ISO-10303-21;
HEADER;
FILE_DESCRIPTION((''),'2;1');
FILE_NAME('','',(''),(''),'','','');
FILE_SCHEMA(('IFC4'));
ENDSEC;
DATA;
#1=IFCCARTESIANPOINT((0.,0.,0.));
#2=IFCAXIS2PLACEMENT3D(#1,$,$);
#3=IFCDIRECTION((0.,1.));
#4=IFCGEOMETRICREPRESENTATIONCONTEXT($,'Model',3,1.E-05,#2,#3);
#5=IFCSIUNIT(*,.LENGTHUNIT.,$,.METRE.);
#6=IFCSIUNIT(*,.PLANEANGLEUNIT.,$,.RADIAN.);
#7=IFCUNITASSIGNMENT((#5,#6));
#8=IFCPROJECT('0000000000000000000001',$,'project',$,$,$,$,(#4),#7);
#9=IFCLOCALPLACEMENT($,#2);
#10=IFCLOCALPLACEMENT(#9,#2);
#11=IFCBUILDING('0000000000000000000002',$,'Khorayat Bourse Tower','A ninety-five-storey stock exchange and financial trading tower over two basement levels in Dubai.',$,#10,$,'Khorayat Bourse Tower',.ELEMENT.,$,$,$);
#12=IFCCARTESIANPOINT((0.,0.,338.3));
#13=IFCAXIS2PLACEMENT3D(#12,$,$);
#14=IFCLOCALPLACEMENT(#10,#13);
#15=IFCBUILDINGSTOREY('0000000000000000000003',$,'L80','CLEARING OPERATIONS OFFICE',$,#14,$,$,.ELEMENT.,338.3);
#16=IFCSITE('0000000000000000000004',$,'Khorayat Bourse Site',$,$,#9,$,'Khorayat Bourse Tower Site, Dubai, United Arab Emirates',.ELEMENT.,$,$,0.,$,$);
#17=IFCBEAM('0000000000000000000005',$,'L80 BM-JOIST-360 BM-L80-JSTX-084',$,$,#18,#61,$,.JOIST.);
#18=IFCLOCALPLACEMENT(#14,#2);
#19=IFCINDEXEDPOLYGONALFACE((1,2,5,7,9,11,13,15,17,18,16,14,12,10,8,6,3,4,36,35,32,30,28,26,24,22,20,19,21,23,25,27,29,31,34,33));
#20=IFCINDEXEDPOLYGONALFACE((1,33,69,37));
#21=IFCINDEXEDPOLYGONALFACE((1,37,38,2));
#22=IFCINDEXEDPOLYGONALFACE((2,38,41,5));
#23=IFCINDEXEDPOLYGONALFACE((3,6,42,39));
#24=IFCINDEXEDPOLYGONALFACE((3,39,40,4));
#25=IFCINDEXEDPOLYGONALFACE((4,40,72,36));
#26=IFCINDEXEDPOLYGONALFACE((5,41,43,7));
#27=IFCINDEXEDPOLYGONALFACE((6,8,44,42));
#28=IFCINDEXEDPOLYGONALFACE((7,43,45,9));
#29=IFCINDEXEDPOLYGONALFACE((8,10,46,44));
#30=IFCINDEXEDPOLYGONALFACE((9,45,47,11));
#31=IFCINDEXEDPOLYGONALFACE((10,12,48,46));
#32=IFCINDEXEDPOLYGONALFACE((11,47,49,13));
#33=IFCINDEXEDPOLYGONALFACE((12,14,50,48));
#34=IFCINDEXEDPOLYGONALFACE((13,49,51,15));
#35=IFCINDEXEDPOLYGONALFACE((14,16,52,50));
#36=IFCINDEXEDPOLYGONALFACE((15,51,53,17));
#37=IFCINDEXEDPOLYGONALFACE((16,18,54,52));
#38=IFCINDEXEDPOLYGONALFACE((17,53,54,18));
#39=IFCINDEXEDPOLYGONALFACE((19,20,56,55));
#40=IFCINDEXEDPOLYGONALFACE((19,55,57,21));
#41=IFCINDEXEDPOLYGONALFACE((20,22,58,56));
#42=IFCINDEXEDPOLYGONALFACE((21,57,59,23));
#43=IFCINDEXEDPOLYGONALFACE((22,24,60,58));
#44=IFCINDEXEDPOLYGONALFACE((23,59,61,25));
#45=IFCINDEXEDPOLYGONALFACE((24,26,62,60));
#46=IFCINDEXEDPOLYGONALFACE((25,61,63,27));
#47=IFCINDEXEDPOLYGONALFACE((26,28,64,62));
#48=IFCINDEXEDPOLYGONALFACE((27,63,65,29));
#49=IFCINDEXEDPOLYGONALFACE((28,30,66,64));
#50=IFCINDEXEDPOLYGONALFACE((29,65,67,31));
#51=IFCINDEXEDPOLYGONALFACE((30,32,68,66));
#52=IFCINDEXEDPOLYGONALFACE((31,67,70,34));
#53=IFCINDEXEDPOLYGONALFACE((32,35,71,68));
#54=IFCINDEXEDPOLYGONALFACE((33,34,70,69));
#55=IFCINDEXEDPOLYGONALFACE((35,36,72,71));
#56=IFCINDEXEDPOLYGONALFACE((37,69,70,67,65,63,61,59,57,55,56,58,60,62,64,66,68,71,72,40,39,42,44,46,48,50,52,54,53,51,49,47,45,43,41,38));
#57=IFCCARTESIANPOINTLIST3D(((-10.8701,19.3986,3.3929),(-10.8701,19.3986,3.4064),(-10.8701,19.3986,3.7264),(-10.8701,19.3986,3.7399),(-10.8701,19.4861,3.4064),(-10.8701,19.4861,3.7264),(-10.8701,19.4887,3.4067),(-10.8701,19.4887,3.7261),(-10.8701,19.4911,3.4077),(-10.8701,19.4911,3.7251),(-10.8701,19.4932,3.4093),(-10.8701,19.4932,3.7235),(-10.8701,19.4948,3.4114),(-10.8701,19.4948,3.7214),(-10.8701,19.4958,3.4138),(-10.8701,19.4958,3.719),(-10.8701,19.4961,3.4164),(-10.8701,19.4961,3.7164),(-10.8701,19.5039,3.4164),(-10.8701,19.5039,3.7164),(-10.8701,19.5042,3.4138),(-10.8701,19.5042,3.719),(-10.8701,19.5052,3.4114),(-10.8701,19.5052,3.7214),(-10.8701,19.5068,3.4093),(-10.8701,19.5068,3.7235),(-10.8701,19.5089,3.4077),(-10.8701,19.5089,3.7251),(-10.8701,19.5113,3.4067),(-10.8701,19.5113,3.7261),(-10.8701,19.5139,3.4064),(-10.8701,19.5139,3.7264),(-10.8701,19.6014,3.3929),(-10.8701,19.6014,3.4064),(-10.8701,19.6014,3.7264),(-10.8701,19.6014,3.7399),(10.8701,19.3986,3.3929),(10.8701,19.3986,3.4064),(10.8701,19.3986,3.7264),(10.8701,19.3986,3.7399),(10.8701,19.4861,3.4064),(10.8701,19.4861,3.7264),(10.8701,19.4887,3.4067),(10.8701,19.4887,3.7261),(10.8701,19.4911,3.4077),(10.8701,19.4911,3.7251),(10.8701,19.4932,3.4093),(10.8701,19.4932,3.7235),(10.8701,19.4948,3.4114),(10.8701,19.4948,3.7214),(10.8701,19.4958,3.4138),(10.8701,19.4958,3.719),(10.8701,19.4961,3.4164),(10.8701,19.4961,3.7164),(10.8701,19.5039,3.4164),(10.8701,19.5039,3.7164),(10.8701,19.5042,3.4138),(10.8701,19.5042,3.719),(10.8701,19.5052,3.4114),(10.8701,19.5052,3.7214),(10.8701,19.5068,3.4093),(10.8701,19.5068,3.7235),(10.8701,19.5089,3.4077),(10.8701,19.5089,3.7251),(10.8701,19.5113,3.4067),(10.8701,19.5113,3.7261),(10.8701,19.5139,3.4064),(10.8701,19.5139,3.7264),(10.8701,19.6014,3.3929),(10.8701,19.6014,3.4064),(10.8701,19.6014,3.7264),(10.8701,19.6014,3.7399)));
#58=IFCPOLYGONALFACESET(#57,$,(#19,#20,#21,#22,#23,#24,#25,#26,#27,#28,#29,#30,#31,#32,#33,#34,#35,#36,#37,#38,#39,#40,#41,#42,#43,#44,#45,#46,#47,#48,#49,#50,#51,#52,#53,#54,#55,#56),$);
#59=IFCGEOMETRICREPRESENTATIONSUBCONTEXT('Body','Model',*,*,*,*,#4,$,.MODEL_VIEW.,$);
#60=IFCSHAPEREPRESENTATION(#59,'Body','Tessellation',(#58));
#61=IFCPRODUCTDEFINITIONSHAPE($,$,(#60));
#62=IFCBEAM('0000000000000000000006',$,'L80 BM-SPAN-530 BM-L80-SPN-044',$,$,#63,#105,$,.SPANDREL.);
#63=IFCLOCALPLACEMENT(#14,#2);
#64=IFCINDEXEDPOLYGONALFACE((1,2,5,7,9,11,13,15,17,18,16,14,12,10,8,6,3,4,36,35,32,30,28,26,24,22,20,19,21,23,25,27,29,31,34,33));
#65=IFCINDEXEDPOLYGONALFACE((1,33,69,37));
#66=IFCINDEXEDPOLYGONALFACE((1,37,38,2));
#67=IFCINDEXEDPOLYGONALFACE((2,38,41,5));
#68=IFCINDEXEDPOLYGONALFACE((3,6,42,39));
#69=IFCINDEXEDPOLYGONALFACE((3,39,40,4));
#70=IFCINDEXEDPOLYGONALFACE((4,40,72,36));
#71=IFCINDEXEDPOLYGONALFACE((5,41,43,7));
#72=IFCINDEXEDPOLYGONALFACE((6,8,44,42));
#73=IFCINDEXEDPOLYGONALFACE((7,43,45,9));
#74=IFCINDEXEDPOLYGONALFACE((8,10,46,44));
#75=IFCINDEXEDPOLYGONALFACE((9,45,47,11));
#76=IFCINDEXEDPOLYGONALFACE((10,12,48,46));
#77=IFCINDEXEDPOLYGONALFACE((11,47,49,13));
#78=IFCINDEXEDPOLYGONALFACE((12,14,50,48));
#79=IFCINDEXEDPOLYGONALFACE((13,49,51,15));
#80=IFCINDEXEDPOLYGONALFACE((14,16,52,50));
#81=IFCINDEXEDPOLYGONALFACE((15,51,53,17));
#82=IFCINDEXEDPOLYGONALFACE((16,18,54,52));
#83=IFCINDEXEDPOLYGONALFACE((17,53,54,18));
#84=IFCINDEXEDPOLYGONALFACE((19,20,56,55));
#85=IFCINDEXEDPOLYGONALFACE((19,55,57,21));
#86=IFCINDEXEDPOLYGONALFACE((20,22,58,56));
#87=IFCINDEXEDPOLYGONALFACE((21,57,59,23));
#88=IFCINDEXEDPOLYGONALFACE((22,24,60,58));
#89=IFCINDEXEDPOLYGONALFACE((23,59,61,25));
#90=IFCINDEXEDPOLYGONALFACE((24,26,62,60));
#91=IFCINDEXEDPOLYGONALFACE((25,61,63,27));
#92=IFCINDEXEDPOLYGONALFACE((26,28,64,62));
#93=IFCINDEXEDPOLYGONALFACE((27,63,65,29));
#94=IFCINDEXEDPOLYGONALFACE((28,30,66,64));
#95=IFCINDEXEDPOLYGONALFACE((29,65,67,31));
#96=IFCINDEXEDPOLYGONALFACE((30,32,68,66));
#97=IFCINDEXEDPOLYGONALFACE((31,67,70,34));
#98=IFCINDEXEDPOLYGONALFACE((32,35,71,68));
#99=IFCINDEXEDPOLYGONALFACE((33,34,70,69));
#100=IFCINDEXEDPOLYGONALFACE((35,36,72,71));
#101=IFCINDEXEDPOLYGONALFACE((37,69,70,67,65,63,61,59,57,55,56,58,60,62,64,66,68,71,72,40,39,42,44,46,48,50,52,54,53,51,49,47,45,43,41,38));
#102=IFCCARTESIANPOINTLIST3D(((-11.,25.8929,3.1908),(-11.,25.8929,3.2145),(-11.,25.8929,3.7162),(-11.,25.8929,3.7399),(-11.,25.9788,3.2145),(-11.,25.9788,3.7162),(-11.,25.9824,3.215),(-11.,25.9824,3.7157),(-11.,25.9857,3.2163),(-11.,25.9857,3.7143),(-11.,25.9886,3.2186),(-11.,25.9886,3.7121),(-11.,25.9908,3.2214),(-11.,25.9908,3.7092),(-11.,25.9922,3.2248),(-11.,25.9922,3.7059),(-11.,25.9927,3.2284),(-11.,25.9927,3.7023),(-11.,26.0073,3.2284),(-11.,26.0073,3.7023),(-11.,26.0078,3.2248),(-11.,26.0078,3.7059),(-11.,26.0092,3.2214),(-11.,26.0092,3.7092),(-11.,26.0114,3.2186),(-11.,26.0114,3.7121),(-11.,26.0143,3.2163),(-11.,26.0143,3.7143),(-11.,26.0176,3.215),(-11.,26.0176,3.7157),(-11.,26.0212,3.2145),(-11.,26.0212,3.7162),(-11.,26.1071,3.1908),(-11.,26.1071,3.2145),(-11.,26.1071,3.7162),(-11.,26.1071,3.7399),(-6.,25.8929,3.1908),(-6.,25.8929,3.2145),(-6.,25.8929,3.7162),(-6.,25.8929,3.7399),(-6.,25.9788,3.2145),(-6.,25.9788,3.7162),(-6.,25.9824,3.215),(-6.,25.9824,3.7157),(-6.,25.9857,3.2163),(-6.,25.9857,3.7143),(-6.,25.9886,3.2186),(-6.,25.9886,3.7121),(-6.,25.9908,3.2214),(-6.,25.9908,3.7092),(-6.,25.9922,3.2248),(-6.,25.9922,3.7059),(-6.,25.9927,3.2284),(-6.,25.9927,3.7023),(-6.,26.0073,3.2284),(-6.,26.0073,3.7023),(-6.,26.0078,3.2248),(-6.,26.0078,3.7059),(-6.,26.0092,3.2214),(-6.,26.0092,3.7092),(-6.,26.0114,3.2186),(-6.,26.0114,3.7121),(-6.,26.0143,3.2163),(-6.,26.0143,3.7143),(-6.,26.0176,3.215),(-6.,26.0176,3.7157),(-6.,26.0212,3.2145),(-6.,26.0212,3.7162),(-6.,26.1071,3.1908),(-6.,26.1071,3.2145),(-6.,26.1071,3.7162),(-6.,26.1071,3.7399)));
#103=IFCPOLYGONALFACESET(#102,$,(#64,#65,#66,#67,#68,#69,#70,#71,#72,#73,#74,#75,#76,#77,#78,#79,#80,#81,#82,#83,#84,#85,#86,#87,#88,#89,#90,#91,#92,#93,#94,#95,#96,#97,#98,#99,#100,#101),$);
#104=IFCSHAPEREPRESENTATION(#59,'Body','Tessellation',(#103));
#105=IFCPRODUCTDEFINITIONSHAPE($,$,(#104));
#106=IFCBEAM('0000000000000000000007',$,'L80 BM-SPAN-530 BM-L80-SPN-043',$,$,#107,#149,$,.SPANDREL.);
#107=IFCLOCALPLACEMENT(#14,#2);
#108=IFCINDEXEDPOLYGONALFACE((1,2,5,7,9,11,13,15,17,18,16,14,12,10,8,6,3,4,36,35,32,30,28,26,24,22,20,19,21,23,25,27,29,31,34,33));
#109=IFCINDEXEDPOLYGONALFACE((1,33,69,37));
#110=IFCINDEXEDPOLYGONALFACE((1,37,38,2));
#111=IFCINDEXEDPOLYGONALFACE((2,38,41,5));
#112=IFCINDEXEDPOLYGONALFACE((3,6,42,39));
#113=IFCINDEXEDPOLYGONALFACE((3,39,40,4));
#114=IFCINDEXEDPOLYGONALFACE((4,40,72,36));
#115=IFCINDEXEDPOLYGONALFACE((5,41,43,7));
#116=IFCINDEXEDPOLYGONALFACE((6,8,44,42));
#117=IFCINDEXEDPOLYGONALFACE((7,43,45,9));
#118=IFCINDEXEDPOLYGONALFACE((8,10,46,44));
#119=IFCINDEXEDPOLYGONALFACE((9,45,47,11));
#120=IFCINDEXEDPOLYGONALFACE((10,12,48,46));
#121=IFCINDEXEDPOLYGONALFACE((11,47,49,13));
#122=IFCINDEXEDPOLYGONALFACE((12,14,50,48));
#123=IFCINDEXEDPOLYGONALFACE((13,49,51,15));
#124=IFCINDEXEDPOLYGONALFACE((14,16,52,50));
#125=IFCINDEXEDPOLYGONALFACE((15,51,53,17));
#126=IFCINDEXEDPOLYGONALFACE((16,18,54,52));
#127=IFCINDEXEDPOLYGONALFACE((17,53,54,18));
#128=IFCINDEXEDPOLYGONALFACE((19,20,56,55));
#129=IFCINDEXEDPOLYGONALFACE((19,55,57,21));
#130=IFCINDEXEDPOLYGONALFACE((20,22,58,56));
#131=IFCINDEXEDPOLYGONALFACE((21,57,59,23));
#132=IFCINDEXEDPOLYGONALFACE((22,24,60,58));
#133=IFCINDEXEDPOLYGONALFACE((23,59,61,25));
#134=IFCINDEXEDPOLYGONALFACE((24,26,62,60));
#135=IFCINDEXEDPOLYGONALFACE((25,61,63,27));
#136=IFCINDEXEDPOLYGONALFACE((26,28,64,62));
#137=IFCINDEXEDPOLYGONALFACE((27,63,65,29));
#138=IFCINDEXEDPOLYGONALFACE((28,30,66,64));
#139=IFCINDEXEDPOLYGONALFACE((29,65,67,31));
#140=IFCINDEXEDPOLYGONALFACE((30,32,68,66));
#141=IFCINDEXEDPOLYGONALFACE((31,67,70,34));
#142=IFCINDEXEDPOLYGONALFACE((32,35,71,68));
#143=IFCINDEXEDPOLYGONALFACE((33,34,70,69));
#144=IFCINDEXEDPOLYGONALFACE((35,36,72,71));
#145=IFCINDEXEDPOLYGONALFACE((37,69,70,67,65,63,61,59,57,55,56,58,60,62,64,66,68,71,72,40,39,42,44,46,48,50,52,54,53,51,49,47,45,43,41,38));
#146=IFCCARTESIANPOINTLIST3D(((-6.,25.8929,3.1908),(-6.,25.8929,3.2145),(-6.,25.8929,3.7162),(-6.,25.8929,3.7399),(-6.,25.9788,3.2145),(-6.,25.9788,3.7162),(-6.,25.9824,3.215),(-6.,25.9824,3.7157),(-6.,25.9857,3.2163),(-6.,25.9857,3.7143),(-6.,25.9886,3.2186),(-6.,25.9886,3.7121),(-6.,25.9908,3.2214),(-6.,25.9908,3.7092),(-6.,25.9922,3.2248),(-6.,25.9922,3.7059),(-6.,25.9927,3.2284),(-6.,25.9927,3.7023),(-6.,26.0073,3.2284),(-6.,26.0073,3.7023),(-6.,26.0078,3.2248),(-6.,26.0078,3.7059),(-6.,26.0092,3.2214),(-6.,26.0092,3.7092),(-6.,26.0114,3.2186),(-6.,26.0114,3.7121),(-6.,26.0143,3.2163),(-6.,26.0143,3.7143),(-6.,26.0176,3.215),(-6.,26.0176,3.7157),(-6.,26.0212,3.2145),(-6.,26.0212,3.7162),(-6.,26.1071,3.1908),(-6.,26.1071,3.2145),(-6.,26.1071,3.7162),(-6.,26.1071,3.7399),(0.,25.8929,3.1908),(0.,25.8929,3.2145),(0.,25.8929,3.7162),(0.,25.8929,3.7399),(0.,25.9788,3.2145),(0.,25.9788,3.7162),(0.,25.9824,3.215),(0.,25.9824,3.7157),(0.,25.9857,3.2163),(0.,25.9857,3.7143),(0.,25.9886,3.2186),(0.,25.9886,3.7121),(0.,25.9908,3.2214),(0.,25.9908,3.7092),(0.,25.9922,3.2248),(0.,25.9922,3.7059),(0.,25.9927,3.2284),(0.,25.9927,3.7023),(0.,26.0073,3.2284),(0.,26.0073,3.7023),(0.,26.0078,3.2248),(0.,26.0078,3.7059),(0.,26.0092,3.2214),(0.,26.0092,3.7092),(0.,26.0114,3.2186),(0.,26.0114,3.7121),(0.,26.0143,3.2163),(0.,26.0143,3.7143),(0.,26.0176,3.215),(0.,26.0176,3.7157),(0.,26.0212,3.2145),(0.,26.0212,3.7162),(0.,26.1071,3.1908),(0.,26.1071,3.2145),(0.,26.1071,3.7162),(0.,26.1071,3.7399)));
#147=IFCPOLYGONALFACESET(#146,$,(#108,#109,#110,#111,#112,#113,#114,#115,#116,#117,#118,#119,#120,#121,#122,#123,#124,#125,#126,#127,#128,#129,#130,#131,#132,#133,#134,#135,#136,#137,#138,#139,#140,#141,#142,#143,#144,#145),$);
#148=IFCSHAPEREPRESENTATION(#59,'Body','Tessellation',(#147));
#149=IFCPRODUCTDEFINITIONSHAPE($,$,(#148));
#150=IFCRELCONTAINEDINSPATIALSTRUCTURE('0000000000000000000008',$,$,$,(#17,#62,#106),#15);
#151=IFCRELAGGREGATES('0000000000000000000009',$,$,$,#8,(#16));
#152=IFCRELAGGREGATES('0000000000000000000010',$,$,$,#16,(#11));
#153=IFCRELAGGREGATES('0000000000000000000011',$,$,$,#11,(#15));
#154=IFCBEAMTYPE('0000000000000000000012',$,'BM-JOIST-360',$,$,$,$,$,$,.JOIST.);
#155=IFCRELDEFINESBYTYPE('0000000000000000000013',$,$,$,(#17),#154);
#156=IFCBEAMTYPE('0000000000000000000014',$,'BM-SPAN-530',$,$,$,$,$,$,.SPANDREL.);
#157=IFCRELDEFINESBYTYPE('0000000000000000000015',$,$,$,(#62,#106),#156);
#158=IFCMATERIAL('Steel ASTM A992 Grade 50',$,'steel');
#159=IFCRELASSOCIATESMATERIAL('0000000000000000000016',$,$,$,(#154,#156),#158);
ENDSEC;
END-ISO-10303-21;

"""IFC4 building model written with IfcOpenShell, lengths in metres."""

from ifc_helpers import new_model, si_unit, direction, frame, origin, origin_2d, place, context, subcontext, project, spatial, i_section, extrude, source, transform, mapped, material, material_profile, profile_set, type_object, element, save


model = new_model("IFC4")

# Units and contexts
model_context = context("Model", 3, precision=1e-05, world=origin(), true_north=direction((0.0, 1.0)))
body_context = subcontext(model_context, "Body", "Model", "MODEL_VIEW")
ifc_project = project(units=[si_unit("LENGTHUNIT", "METRE"), si_unit("PLANEANGLEUNIT", "RADIAN")], contexts=[model_context])

# Site, building, storey
site_placement = place(None, origin())
site = spatial("IfcSite", under=ifc_project, at=site_placement, Name="Khorayat Bourse Site", LongName="Khorayat Bourse Tower Site, Dubai, United Arab Emirates", CompositionType="ELEMENT", RefElevation=0.0)
building_placement = place(site_placement, origin())
building = spatial("IfcBuilding", under=site, at=building_placement, Name="Khorayat Bourse Tower", Description="A ninety-five-storey stock exchange and financial trading tower over two basement levels in Dubai.", LongName="Khorayat Bourse Tower", CompositionType="ELEMENT")
storey_placement = place(building_placement, frame((0.0, 0.0, 338.3)))
storey = spatial("IfcBuildingStorey", under=building, at=storey_placement, Name="L80", Description="CLEARING OPERATIONS OFFICE", CompositionType="ELEMENT", Elevation=338.3)

# Beams
ifc_material_1 = material(Name="Steel ASTM A992 Grade 50", Category="steel")
ifc_material_profile_1 = material_profile(ifc_material_1, i_section(OverallWidth=0.2029, OverallDepth=0.3469, WebThickness=0.0078, FlangeThickness=0.0134, FilletRadius=0.01, at=origin_2d()), Name="W360X64")
ifc_profile_set_1 = profile_set([ifc_material_profile_1], Name="Steel ASTM A992 Grade 50")
beam_type_1 = type_object("IfcBeamType", Name="BM-JOIST-360", PredefinedType="JOIST", material=ifc_profile_set_1)
shared_shape_1 = source(origin(), body_context, "Body", "SweptSolid", [
    extrude(i_section(OverallWidth=0.2029, OverallDepth=0.3469, WebThickness=0.0078, FlangeThickness=0.0134, FilletRadius=0.01, at=origin_2d()), origin(), (0.0, 0.0, 1.0), 21.7402),
])
beam_1_placement = place(storey_placement, frame((-10.8701, 19.5, 3.5664), z_axis=(1.0, 0.0, 0.0), x_axis=(0.0, 1.0, 0.0)))
element("IfcBeam", 1, at=beam_1_placement, inside=storey, type_object=beam_type_1, Name="L80 BM-JOIST-360 BM-L80-JSTX-084", PredefinedType="JOIST", context=body_context, shape_type="MappedRepresentation", body=[
    mapped(shared_shape_1, transform((0.0, 0.0, 0.0), scale=1.0)),
])
ifc_material_profile_2 = material_profile(ifc_material_1, i_section(OverallWidth=0.2141, OverallDepth=0.5491, WebThickness=0.0146, FlangeThickness=0.0237, FilletRadius=0.0139, at=origin_2d()), Name="W530X138")
ifc_profile_set_2 = profile_set([ifc_material_profile_2], Name="Steel ASTM A992 Grade 50")
beam_type_2 = type_object("IfcBeamType", Name="BM-SPAN-530", PredefinedType="SPANDREL", material=ifc_profile_set_2)
shared_shape_2 = source(origin(), body_context, "Body", "SweptSolid", [
    extrude(i_section(OverallWidth=0.2141, OverallDepth=0.5491, WebThickness=0.0146, FlangeThickness=0.0237, FilletRadius=0.0139, at=origin_2d()), origin(), (0.0, 0.0, 1.0), 5.0),
])
beam_2_placement = place(storey_placement, frame((-11.0, 26.0, 3.4653), z_axis=(1.0, 0.0, 0.0), x_axis=(0.0, 1.0, 0.0)))
element("IfcBeam", 2, at=beam_2_placement, inside=storey, type_object=beam_type_2, Name="L80 BM-SPAN-530 BM-L80-SPN-044", PredefinedType="SPANDREL", context=body_context, shape_type="MappedRepresentation", body=[
    mapped(shared_shape_2, transform((0.0, 0.0, 0.0), scale=1.0)),
])
shared_shape_3 = source(origin(), body_context, "Body", "SweptSolid", [
    extrude(i_section(OverallWidth=0.2141, OverallDepth=0.5491, WebThickness=0.0146, FlangeThickness=0.0237, FilletRadius=0.0139, at=origin_2d()), origin(), (0.0, 0.0, 1.0), 6.0),
])
beam_3_placement = place(storey_placement, frame((-6.0, 26.0, 3.4653), z_axis=(1.0, 0.0, 0.0), x_axis=(0.0, 1.0, 0.0)))
element("IfcBeam", 3, at=beam_3_placement, inside=storey, type_object=beam_type_2, Name="L80 BM-SPAN-530 BM-L80-SPN-043", PredefinedType="SPANDREL", context=body_context, shape_type="MappedRepresentation", body=[
    mapped(shared_shape_3, transform((0.0, 0.0, 0.0), scale=1.0)),
])

save(model, "model.ifc")
